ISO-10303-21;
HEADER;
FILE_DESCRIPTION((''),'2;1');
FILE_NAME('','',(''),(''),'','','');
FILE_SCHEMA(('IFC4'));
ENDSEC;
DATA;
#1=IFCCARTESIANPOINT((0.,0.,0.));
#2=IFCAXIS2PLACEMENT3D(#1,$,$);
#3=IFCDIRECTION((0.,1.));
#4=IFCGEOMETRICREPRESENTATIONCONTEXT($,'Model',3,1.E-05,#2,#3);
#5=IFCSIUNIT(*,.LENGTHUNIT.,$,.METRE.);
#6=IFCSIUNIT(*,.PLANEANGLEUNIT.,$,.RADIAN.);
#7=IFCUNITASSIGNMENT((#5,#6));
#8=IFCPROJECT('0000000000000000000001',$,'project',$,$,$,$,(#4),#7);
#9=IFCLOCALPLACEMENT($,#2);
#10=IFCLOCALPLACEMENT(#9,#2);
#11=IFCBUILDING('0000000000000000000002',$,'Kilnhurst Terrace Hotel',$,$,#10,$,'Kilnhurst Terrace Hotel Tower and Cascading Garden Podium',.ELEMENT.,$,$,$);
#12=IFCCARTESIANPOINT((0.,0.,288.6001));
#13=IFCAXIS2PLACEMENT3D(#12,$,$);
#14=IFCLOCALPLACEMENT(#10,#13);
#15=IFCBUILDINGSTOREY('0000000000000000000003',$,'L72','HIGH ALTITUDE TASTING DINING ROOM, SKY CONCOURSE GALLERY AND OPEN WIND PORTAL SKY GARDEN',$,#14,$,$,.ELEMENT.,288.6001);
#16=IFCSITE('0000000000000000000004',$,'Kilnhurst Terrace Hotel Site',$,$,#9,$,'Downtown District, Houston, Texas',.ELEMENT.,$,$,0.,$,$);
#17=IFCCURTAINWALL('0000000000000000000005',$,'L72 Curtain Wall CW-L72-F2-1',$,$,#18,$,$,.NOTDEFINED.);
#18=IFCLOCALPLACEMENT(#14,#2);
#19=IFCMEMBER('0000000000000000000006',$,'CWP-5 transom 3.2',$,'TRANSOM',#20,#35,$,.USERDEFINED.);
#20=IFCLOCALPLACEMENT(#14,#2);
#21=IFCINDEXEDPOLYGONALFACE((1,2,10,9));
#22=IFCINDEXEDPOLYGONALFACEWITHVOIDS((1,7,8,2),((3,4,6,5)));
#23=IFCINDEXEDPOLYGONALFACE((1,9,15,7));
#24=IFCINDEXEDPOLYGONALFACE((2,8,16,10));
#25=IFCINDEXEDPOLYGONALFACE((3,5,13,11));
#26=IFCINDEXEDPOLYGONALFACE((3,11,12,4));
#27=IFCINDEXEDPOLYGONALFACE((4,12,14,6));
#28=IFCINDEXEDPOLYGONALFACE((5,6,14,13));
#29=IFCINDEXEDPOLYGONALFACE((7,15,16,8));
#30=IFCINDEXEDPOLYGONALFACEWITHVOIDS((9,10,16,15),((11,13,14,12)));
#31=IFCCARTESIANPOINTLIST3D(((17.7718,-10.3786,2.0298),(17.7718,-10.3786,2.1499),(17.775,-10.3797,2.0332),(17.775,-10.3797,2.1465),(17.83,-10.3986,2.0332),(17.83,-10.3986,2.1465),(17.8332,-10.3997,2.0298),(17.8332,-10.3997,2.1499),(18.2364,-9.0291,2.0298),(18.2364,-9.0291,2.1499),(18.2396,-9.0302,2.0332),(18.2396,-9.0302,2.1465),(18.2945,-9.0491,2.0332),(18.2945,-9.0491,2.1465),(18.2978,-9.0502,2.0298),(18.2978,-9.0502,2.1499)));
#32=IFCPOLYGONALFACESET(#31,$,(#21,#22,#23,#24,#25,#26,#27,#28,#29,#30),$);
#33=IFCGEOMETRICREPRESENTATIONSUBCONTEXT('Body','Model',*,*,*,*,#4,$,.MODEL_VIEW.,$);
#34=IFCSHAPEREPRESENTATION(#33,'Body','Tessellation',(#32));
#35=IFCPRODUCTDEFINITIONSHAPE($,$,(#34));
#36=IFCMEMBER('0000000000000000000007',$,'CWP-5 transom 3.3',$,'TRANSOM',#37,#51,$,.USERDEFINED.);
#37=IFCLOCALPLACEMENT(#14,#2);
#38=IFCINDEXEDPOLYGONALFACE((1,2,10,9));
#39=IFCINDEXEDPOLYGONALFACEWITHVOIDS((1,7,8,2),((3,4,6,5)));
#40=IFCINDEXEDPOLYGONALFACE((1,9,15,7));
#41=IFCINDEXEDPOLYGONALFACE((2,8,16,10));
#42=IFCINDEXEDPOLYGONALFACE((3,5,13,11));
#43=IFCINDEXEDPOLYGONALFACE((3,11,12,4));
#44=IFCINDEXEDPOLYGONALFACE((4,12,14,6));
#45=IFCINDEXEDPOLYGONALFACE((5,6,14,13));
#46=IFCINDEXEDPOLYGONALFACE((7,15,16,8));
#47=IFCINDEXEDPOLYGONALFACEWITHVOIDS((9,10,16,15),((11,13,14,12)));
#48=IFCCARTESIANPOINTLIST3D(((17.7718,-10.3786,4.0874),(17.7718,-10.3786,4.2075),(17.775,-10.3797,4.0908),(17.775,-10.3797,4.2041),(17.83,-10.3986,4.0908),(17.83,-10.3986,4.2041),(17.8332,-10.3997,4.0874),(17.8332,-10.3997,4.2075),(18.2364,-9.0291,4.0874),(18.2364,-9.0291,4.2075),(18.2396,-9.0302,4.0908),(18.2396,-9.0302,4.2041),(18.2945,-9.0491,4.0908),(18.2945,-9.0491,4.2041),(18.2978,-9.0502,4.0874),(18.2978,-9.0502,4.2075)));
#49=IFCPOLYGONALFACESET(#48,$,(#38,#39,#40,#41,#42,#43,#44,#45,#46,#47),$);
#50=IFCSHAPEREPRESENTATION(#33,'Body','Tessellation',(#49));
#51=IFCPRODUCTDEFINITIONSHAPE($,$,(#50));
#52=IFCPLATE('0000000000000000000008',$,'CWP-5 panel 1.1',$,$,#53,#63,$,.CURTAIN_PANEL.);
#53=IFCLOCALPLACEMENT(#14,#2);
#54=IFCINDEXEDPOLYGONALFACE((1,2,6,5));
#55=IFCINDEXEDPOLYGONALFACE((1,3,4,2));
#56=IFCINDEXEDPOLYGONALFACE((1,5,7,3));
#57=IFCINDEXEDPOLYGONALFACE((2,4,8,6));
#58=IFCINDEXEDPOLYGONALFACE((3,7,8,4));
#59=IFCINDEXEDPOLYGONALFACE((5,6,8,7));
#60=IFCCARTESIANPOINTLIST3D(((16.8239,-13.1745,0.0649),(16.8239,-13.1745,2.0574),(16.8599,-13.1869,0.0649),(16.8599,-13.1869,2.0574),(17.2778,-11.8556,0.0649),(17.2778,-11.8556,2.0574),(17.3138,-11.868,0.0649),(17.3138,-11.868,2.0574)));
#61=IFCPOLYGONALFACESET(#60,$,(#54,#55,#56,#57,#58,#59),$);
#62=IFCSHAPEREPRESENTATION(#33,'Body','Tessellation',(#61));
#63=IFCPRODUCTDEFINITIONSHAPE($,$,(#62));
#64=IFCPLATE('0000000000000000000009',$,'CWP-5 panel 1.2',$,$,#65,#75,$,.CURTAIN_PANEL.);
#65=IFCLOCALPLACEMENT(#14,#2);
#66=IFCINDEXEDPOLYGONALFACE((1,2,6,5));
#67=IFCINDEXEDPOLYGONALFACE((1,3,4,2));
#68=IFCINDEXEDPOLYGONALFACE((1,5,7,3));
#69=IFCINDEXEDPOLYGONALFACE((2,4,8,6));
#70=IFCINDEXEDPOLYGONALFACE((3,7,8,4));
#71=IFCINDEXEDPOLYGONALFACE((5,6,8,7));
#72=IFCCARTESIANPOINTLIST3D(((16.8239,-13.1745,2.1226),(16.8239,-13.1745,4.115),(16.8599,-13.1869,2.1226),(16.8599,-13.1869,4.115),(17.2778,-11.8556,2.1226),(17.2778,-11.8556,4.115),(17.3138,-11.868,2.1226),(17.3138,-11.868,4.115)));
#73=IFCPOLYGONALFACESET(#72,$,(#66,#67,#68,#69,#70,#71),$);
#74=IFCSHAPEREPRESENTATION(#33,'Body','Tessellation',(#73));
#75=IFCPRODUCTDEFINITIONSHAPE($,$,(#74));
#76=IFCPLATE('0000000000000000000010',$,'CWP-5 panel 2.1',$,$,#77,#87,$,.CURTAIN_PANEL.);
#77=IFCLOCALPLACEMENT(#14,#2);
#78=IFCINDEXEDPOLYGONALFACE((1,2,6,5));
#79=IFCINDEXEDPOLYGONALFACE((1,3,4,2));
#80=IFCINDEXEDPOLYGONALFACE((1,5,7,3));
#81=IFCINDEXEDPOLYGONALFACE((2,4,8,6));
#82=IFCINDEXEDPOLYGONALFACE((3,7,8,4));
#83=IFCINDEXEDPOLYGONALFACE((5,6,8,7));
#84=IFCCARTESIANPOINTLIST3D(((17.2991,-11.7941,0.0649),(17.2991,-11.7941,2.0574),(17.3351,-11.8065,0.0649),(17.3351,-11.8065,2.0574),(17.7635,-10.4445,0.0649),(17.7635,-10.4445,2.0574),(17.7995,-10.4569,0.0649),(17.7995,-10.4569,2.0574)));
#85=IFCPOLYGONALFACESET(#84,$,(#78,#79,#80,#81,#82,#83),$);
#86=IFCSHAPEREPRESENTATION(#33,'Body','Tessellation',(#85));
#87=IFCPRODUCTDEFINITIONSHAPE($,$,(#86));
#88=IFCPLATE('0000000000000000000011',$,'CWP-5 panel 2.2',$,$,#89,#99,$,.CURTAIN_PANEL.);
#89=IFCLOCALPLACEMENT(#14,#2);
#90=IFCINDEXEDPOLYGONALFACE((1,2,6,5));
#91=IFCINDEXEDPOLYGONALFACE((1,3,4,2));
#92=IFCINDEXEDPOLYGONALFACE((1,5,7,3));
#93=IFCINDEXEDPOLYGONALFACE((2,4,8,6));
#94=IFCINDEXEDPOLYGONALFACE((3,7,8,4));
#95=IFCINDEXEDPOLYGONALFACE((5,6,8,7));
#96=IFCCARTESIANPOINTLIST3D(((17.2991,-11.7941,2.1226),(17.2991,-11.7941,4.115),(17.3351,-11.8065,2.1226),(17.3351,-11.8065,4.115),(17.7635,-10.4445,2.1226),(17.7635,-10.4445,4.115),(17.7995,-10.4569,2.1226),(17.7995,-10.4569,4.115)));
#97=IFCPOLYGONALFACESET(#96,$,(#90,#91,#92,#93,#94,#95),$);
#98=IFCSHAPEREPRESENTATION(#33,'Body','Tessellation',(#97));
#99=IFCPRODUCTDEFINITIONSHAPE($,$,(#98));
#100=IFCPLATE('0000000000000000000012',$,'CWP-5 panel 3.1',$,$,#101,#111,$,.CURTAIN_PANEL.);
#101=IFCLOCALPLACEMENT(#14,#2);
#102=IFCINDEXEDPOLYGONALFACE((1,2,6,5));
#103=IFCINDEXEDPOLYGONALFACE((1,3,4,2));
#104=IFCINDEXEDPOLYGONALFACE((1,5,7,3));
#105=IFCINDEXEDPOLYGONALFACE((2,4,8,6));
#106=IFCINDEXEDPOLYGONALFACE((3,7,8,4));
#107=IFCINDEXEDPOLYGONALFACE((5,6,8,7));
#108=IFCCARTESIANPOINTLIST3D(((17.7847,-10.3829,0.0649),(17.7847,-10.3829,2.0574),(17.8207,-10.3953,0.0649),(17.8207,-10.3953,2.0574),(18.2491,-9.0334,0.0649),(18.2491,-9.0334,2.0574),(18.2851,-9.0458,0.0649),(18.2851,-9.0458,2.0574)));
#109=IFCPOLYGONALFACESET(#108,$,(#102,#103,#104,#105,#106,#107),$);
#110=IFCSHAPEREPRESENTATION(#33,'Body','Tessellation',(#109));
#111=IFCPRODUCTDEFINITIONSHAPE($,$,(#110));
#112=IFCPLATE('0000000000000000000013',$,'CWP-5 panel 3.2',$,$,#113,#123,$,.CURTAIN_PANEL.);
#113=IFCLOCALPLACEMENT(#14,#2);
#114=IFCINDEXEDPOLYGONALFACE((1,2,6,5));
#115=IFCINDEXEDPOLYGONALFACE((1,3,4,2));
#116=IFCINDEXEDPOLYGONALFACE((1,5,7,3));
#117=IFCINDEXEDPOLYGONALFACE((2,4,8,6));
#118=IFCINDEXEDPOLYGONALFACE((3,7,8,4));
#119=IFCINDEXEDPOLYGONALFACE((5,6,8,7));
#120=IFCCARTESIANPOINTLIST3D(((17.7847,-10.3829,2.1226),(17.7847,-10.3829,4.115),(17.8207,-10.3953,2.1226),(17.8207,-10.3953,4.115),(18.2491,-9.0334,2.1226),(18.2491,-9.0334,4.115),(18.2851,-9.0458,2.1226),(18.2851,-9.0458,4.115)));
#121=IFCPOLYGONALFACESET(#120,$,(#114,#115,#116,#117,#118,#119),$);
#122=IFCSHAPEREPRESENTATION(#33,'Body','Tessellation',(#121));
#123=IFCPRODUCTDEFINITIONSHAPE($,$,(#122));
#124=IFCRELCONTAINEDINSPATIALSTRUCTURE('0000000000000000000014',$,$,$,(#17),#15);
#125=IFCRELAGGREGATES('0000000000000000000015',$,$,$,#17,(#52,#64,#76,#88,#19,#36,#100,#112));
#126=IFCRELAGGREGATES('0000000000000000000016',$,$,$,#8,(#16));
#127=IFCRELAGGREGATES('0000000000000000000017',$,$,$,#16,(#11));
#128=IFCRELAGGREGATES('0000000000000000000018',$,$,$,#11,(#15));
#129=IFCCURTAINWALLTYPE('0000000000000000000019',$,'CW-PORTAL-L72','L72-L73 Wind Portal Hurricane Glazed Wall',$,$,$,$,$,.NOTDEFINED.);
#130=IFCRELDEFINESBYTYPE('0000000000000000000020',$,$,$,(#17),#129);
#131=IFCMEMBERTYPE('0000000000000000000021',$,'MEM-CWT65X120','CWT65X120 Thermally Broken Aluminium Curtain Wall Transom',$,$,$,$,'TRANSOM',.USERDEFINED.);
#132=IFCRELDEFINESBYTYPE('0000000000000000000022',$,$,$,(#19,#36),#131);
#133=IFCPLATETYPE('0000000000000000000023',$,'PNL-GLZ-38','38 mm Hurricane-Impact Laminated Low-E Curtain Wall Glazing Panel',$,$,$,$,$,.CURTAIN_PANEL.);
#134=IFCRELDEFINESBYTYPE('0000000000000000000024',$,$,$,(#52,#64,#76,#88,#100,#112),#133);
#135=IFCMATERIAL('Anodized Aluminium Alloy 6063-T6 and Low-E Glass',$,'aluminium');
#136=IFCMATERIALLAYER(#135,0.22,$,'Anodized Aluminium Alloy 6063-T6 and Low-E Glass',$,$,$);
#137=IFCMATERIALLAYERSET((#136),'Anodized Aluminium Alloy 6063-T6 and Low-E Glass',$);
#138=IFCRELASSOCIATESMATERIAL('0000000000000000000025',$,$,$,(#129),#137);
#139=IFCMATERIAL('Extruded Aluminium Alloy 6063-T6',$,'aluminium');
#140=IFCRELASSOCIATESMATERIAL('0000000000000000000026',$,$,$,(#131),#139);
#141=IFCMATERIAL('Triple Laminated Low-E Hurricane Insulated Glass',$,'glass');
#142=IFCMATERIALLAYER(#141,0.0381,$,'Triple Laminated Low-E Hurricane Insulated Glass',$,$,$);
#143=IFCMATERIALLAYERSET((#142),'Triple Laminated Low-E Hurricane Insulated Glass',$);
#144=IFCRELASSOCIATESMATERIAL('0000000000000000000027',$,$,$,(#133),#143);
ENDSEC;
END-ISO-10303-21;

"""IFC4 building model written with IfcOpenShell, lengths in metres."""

from ifc_helpers import new_model, si_unit, direction, frame, origin, origin_2d, place, context, subcontext, project, spatial, rectangle, hollow_rectangle, extrude, material, layer, layer_set, material_profile, profile_set, type_object, element, aggregate, save


model = new_model("IFC4")

# Units and contexts
model_context = context("Model", 3, precision=1e-05, world=origin(), true_north=direction((0.0, 1.0)))
body_context = subcontext(model_context, "Body", "Model", "MODEL_VIEW")
ifc_project = project(units=[si_unit("LENGTHUNIT", "METRE"), si_unit("PLANEANGLEUNIT", "RADIAN")], contexts=[model_context])

# Site, building, storey
site_placement = place(None, origin())
site = spatial("IfcSite", under=ifc_project, at=site_placement, Name="Kilnhurst Terrace Hotel Site", LongName="Downtown District, Houston, Texas", CompositionType="ELEMENT", RefElevation=0.0)
building_placement = place(site_placement, origin())
building = spatial("IfcBuilding", under=site, at=building_placement, Name="Kilnhurst Terrace Hotel", LongName="Kilnhurst Terrace Hotel Tower and Cascading Garden Podium", CompositionType="ELEMENT")
storey_placement = place(building_placement, frame((0.0, 0.0, 288.6001)))
storey = spatial("IfcBuildingStorey", under=building, at=storey_placement, Name="L72", Description="HIGH ALTITUDE TASTING DINING ROOM, SKY CONCOURSE GALLERY AND OPEN WIND PORTAL SKY GARDEN", CompositionType="ELEMENT", Elevation=288.6001)

# Curtain wall, members, plates
ifc_material_1 = material(Name="Anodized Aluminium Alloy 6063-T6 and Low-E Glass", Category="aluminium")
ifc_layer_1 = layer(ifc_material_1, 0.22, Name="Anodized Aluminium Alloy 6063-T6 and Low-E Glass")
ifc_layer_set_1 = layer_set([ifc_layer_1], Name="Anodized Aluminium Alloy 6063-T6 and Low-E Glass")
curtain_wall_type = type_object("IfcCurtainWallType", Name="CW-PORTAL-L72", Description="L72-L73 Wind Portal Hurricane Glazed Wall", PredefinedType="NOTDEFINED", material=ifc_layer_set_1)
curtain_wall_placement = place(storey_placement, origin())
curtain_wall = element("IfcCurtainWall", 1, at=curtain_wall_placement, inside=storey, type_object=curtain_wall_type, Name="L72 Curtain Wall CW-L72-F2-1", PredefinedType="NOTDEFINED")
ifc_material_2 = material(Name="Extruded Aluminium Alloy 6063-T6", Category="aluminium")
ifc_material_profile_1 = material_profile(ifc_material_2, hollow_rectangle(XDim=0.0649, YDim=0.1201, WallThickness=0.0034, at=origin_2d()), Name="CWT65X120")
ifc_profile_set_1 = profile_set([ifc_material_profile_1], Name="Extruded Aluminium Alloy 6063-T6")
member_type_1 = type_object("IfcMemberType", Name="MEM-CWT65X120", Description="CWT65X120 Thermally Broken Aluminium Curtain Wall Transom", ElementType="TRANSOM", PredefinedType="USERDEFINED", material=ifc_profile_set_1)
member_1_placement = place(storey_placement, frame((17.8025, -10.3892, 2.0898), z_axis=(0.3255, 0.945542, 0.0), x_axis=(-0.945542, 0.3255, 0.0)))
member_1 = element("IfcMember", 2, at=member_1_placement, type_object=member_type_1, Name="CWP-5 transom 3.2", ObjectType="TRANSOM", PredefinedType="USERDEFINED", context=body_context, shape_type="SweptSolid", body=[
    extrude(hollow_rectangle(XDim=0.0649, YDim=0.1201, WallThickness=0.0034, at=origin_2d()), origin(), (0.0, 0.0, 1.0), 1.4272),
])
member_2_placement = place(storey_placement, frame((17.8025, -10.3892, 4.1475), z_axis=(0.3255, 0.945542, 0.0), x_axis=(-0.945542, 0.3255, 0.0)))
member_2 = element("IfcMember", 3, at=member_2_placement, type_object=member_type_1, Name="CWP-5 transom 3.3", ObjectType="TRANSOM", PredefinedType="USERDEFINED", context=body_context, shape_type="SweptSolid", body=[
    extrude(hollow_rectangle(XDim=0.0649, YDim=0.1201, WallThickness=0.0034, at=origin_2d()), origin(), (0.0, 0.0, 1.0), 1.4272),
])
ifc_material_3 = material(Name="Triple Laminated Low-E Hurricane Insulated Glass", Category="glass")
ifc_layer_2 = layer(ifc_material_3, 0.0381, Name="Triple Laminated Low-E Hurricane Insulated Glass")
ifc_layer_set_2 = layer_set([ifc_layer_2], Name="Triple Laminated Low-E Hurricane Insulated Glass")
plate_type = type_object("IfcPlateType", Name="PNL-GLZ-38", Description="38 mm Hurricane-Impact Laminated Low-E Curtain Wall Glazing Panel", PredefinedType="CURTAIN_PANEL", material=ifc_layer_set_2)
plate_1_placement = place(storey_placement, frame((17.0688, -12.5212, 0.0649), z_axis=(0.0, 0.0, 1.0), x_axis=(0.325397, 0.945578, 0.0)))
plate_1 = element("IfcPlate", 4, at=plate_1_placement, type_object=plate_type, Name="CWP-5 panel 1.1", PredefinedType="CURTAIN_PANEL", context=body_context, shape_type="SweptSolid", body=[
    extrude(rectangle(XDim=1.3948, YDim=0.0381, at=origin_2d()), origin(), (0.0, 0.0, 1.0), 1.9924),
])
plate_2_placement = place(storey_placement, frame((17.0688, -12.5212, 2.1226), z_axis=(0.0, 0.0, 1.0), x_axis=(0.325397, 0.945578, 0.0)))
plate_2 = element("IfcPlate", 5, at=plate_2_placement, type_object=plate_type, Name="CWP-5 panel 1.2", PredefinedType="CURTAIN_PANEL", context=body_context, shape_type="SweptSolid", body=[
    extrude(rectangle(XDim=1.3948, YDim=0.0381, at=origin_2d()), origin(), (0.0, 0.0, 1.0), 1.9924),
])
plate_3_placement = place(storey_placement, frame((17.5493, -11.1255, 0.0649), z_axis=(0.0, 0.0, 1.0), x_axis=(0.325397, 0.945578, 0.0)))
plate_3 = element("IfcPlate", 6, at=plate_3_placement, type_object=plate_type, Name="CWP-5 panel 2.1", PredefinedType="CURTAIN_PANEL", context=body_context, shape_type="SweptSolid", body=[
    extrude(rectangle(XDim=1.4272, YDim=0.0381, at=origin_2d()), origin(), (0.0, 0.0, 1.0), 1.9924),
])
plate_4_placement = place(storey_placement, frame((17.5493, -11.1255, 2.1226), z_axis=(0.0, 0.0, 1.0), x_axis=(0.325397, 0.945578, 0.0)))
plate_4 = element("IfcPlate", 7, at=plate_4_placement, type_object=plate_type, Name="CWP-5 panel 2.2", PredefinedType="CURTAIN_PANEL", context=body_context, shape_type="SweptSolid", body=[
    extrude(rectangle(XDim=1.4272, YDim=0.0381, at=origin_2d()), origin(), (0.0, 0.0, 1.0), 1.9924),
])
plate_5_placement = place(storey_placement, frame((18.0349, -9.7144, 0.0649), z_axis=(0.0, 0.0, 1.0), x_axis=(0.325397, 0.945578, 0.0)))
plate_5 = element("IfcPlate", 8, at=plate_5_placement, type_object=plate_type, Name="CWP-5 panel 3.1", PredefinedType="CURTAIN_PANEL", context=body_context, shape_type="SweptSolid", body=[
    extrude(rectangle(XDim=1.4272, YDim=0.0381, at=origin_2d()), origin(), (0.0, 0.0, 1.0), 1.9924),
])
plate_6_placement = place(storey_placement, frame((18.0349, -9.7144, 2.1226), z_axis=(0.0, 0.0, 1.0), x_axis=(0.325397, 0.945578, 0.0)))
plate_6 = element("IfcPlate", 9, at=plate_6_placement, type_object=plate_type, Name="CWP-5 panel 3.2", PredefinedType="CURTAIN_PANEL", context=body_context, shape_type="SweptSolid", body=[
    extrude(rectangle(XDim=1.4272, YDim=0.0381, at=origin_2d()), origin(), (0.0, 0.0, 1.0), 1.9924),
])
aggregate(curtain_wall, [plate_1, plate_2, plate_3, plate_4, member_1, member_2, plate_5, plate_6])

save(model, "model.ifc")
